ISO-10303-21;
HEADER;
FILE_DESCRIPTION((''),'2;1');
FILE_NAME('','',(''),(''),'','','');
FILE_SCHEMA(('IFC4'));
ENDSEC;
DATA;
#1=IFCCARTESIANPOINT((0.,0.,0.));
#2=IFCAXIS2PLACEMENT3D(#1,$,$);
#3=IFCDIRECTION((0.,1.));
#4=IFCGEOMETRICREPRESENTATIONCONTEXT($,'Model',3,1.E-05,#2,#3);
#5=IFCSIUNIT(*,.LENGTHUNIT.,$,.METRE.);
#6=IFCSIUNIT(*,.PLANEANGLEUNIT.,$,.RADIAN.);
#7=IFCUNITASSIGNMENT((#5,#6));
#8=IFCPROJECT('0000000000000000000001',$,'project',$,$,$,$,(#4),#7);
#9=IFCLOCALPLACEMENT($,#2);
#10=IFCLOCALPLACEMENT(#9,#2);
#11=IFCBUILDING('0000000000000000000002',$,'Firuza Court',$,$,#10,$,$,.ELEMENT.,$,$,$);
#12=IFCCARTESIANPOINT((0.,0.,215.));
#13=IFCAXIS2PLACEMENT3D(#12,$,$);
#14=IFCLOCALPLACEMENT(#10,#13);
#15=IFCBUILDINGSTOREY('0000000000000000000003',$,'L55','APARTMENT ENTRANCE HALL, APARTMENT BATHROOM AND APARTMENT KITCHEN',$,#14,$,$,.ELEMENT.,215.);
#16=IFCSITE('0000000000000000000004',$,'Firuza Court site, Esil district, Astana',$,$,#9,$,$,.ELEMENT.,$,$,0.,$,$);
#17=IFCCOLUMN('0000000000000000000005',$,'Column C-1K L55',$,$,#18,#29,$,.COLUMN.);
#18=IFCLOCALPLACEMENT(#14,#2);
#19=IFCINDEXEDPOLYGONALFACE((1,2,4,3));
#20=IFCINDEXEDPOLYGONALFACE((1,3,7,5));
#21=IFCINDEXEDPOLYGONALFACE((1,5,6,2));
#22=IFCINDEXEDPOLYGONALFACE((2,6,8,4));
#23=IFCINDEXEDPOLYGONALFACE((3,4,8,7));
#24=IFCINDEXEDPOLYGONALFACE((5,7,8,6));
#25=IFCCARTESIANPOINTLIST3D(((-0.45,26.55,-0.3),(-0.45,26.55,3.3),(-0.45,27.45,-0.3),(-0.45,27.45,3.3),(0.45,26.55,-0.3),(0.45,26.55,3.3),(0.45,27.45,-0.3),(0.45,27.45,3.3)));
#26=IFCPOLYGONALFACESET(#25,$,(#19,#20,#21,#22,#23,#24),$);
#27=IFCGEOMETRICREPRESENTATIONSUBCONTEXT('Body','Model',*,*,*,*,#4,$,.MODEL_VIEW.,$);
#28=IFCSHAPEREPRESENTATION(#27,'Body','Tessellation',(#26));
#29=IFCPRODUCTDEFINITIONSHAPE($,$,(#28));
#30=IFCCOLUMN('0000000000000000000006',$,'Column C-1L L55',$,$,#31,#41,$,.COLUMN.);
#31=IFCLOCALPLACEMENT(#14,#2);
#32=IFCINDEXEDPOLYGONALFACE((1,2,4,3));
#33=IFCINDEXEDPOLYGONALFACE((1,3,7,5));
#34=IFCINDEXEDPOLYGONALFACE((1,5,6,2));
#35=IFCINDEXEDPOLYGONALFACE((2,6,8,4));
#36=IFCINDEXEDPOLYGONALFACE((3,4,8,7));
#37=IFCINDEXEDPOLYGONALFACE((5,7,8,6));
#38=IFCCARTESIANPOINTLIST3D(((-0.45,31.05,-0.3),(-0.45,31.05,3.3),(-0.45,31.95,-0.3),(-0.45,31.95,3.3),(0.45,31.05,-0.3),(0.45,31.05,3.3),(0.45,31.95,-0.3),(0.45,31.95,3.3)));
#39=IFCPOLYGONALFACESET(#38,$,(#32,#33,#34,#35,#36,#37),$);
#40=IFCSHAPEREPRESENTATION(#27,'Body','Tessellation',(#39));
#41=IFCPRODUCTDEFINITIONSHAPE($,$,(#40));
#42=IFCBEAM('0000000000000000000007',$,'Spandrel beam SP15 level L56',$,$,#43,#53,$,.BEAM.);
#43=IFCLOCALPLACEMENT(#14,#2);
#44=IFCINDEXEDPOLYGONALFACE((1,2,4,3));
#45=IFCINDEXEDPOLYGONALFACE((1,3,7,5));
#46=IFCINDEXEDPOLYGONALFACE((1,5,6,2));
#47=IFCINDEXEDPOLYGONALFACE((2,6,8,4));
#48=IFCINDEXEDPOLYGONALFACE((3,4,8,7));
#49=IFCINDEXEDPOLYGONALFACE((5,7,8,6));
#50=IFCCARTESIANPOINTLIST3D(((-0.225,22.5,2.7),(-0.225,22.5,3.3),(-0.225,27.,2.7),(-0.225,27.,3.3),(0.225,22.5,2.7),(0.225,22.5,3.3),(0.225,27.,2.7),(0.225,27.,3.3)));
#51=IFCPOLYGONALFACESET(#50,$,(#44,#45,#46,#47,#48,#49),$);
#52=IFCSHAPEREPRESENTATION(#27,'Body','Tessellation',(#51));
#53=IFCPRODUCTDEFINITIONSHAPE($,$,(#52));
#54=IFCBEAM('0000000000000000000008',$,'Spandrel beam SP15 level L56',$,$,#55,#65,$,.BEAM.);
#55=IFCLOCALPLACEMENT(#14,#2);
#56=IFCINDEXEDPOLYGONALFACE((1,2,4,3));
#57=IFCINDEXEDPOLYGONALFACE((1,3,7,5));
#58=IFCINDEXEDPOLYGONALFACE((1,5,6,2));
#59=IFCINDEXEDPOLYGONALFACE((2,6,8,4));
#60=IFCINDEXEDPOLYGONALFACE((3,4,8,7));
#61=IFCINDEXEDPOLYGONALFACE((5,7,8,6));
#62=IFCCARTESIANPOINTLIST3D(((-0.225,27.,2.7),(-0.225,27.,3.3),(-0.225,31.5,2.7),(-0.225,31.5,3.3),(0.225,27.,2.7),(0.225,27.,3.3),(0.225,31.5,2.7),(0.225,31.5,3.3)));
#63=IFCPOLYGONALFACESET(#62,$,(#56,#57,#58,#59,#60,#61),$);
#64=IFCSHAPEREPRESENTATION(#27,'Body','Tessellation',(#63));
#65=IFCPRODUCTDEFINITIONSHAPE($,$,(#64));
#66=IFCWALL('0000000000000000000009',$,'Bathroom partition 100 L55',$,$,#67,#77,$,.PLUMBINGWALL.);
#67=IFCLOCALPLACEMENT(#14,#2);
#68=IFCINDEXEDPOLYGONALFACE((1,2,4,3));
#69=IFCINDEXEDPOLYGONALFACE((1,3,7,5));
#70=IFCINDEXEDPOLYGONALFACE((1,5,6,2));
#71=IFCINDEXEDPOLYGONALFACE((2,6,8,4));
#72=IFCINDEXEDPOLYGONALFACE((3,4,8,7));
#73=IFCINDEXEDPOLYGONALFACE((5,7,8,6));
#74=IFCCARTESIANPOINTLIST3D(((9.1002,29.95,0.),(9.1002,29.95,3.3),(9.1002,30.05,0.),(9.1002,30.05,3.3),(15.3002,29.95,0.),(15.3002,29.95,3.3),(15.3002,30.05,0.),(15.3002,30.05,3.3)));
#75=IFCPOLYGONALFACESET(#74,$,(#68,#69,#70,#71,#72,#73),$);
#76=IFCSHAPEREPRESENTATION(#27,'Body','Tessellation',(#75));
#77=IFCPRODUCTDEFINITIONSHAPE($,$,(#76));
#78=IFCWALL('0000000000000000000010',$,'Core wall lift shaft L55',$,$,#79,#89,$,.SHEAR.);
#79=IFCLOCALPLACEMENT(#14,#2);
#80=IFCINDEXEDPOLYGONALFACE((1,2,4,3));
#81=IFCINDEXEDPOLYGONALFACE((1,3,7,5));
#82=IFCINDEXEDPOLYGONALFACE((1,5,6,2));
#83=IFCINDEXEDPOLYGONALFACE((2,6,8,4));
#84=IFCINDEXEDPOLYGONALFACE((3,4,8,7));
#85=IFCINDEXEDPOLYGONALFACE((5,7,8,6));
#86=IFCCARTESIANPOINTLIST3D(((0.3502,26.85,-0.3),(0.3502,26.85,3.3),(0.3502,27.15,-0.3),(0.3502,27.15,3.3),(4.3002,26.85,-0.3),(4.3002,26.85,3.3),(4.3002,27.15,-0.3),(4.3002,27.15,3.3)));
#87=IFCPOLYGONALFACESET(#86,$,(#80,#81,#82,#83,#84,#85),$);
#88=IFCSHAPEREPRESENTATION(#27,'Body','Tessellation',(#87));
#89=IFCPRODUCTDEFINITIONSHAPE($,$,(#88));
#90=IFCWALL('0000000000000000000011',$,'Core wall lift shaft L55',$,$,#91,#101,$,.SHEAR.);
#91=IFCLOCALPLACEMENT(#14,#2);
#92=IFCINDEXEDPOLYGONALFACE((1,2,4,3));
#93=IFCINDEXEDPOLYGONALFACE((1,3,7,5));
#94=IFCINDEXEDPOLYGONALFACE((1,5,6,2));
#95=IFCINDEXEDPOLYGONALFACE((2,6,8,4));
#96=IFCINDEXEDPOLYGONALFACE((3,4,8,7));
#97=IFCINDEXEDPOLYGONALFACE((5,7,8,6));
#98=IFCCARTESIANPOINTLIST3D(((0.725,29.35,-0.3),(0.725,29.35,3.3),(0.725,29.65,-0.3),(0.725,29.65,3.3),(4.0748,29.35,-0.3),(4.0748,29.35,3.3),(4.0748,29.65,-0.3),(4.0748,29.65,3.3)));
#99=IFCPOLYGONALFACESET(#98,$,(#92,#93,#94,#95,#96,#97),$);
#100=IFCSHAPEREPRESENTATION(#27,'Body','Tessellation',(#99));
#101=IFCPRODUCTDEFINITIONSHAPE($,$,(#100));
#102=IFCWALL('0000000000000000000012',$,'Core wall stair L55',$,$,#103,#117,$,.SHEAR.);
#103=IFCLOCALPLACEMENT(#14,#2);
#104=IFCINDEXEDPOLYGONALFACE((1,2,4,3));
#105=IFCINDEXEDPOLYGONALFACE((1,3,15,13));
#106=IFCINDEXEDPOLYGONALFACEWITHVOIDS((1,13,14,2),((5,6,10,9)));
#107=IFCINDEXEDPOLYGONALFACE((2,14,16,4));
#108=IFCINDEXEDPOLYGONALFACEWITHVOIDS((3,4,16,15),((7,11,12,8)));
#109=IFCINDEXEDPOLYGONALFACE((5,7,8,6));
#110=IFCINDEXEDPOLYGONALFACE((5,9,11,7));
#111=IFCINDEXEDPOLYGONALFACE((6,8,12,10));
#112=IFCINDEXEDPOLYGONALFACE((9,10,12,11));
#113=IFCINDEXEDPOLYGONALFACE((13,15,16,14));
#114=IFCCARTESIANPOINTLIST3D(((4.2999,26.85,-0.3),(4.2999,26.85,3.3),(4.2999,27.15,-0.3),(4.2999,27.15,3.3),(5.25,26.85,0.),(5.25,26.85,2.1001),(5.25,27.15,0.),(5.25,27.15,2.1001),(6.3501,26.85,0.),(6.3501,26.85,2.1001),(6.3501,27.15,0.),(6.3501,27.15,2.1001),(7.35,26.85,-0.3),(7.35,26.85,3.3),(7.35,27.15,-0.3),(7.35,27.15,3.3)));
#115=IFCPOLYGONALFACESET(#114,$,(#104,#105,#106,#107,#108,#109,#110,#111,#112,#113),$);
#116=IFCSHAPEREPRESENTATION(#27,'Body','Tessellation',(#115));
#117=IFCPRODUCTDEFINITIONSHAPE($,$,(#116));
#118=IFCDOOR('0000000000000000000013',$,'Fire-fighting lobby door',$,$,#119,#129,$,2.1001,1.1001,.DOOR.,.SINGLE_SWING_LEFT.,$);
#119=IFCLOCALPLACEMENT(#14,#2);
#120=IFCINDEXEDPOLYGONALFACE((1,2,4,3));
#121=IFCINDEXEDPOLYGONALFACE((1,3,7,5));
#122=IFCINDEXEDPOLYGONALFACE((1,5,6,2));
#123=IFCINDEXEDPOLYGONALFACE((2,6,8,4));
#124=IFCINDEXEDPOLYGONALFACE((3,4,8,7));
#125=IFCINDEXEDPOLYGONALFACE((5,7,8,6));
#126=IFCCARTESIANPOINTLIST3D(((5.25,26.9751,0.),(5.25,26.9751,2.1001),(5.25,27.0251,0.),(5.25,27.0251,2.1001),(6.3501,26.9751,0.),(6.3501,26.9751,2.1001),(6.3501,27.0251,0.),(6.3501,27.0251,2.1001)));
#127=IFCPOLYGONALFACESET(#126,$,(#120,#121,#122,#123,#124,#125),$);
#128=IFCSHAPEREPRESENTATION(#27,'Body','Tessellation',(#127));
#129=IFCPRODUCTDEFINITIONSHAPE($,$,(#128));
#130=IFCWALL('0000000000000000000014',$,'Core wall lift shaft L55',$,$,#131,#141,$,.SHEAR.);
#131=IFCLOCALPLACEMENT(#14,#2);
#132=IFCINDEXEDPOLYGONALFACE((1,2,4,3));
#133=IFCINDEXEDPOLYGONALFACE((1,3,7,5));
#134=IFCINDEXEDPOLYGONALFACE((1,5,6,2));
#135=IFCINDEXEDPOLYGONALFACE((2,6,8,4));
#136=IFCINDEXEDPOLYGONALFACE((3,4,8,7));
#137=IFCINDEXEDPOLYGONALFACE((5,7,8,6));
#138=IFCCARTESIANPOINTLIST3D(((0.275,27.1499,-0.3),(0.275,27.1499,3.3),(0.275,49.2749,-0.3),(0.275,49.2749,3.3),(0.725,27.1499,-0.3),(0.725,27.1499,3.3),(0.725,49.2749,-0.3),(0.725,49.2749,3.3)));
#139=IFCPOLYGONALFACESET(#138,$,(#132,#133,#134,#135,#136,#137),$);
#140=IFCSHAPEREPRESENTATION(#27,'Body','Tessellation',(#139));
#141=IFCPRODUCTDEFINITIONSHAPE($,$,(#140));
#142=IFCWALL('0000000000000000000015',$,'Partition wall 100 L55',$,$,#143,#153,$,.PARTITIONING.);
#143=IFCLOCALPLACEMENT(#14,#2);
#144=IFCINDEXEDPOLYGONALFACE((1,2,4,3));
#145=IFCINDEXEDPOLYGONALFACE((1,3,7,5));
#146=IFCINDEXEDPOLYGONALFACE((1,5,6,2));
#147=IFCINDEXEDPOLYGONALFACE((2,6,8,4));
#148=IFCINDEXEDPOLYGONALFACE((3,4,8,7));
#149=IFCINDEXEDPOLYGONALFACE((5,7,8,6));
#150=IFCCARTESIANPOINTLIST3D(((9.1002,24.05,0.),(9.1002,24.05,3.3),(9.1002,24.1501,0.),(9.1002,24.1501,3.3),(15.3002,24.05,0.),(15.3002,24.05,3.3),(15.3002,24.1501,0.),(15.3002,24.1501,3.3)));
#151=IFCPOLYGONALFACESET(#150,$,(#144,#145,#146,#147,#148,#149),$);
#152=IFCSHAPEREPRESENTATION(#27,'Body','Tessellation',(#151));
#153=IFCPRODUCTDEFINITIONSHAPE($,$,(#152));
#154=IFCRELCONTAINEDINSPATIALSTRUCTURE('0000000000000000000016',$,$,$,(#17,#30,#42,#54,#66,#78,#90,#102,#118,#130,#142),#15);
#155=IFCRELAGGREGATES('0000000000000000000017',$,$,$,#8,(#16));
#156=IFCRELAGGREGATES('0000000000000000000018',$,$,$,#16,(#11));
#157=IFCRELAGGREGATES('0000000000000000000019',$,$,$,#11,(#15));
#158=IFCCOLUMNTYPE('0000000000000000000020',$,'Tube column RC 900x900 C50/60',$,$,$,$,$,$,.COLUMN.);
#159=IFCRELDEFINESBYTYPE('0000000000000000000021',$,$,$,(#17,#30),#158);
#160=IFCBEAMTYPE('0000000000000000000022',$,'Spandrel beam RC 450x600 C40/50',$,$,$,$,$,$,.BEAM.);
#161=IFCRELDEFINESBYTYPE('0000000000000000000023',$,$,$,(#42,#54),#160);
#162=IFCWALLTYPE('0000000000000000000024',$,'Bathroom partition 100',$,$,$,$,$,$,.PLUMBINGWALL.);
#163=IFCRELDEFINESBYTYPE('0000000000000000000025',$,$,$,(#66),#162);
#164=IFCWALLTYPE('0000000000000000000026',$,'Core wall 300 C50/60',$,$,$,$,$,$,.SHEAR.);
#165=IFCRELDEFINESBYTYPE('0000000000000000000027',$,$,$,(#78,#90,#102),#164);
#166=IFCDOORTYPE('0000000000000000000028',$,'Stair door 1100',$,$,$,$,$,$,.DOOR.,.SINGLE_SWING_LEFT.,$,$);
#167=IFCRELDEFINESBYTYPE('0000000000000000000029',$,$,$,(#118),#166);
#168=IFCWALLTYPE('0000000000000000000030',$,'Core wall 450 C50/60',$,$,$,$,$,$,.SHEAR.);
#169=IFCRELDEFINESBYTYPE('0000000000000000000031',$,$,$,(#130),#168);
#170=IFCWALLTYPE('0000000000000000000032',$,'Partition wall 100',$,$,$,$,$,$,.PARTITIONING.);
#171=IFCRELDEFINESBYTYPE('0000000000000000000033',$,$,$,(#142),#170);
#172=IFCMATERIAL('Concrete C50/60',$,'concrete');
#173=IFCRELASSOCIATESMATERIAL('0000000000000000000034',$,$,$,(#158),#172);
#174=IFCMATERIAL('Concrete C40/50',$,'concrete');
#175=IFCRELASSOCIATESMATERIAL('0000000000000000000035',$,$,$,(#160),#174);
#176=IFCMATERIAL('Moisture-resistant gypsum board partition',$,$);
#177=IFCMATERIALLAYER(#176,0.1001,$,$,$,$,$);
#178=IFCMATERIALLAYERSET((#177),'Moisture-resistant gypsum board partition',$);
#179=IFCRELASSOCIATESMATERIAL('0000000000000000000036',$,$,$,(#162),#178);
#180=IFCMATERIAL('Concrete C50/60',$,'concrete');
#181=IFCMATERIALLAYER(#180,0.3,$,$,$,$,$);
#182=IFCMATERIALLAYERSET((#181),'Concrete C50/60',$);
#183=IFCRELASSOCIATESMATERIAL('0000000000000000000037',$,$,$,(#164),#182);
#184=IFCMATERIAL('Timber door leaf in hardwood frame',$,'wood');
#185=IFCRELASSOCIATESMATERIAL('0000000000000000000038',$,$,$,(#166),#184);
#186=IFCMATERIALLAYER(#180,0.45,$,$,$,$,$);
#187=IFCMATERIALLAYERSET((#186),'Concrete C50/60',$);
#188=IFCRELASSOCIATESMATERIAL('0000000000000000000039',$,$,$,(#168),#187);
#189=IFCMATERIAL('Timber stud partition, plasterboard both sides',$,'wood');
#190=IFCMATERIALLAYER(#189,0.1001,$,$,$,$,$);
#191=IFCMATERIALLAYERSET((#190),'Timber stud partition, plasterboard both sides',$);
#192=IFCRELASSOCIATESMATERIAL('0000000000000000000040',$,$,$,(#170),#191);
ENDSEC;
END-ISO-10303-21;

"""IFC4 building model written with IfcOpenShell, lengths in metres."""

from ifc_helpers import new_model, si_unit, direction, frame, frame_2d, origin, origin_2d, place, context, subcontext, project, spatial, rectangle, extrude, material, layer, layer_set, material_profile, profile_set, type_object, element, fill, save


model = new_model("IFC4")

# Units and contexts
model_context = context("Model", 3, precision=1e-05, world=origin(), true_north=direction((0.0, 1.0)))
body_context = subcontext(model_context, "Body", "Model", "MODEL_VIEW")
ifc_project = project(units=[si_unit("LENGTHUNIT", "METRE"), si_unit("PLANEANGLEUNIT", "RADIAN")], contexts=[model_context])

# Site, building, storey
site_placement = place(None, origin())
site = spatial("IfcSite", under=ifc_project, at=site_placement, Name="Firuza Court site, Esil district, Astana", CompositionType="ELEMENT", RefElevation=0.0)
building_placement = place(site_placement, origin())
building = spatial("IfcBuilding", under=site, at=building_placement, Name="Firuza Court", CompositionType="ELEMENT")
storey_placement = place(building_placement, frame((0.0, 0.0, 215.0)))
storey = spatial("IfcBuildingStorey", under=building, at=storey_placement, Name="L55", Description="APARTMENT ENTRANCE HALL, APARTMENT BATHROOM AND APARTMENT KITCHEN", CompositionType="ELEMENT", Elevation=215.0)

# Columns
ifc_material_1 = material(Name="Concrete C50/60", Category="concrete")
ifc_material_profile_1 = material_profile(ifc_material_1, rectangle(XDim=0.8999, YDim=0.8999, at=origin_2d()), Name="RC 900x900")
ifc_profile_set_1 = profile_set([ifc_material_profile_1], Name="Concrete C50/60")
column_type = type_object("IfcColumnType", Name="Tube column RC 900x900 C50/60", PredefinedType="COLUMN", material=ifc_profile_set_1)
for number, where, z_axis, x_axis, name in (
    (1, (0.0, 27.0, -0.3), (0.0, 0.0, 1.0), (1.0, 0.0, 0.0), "Column C-1K L55"),
    (2, (0.0, 31.5, -0.3), (0.0, 0.0, 1.0), (1.0, 0.0, 0.0), "Column C-1L L55"),
):
    element("IfcColumn", number, at=place(storey_placement, frame(where, z_axis=z_axis, x_axis=x_axis)), inside=storey, type_object=column_type, Name=name, PredefinedType="COLUMN", context=body_context, shape_type="SweptSolid", body=[
        extrude(rectangle(XDim=0.8999, YDim=0.8999, at=origin_2d()), origin(), (0.0, 0.0, 1.0), 3.6001),
    ])

# Beams
ifc_material_2 = material(Name="Concrete C40/50", Category="concrete")
ifc_material_profile_2 = material_profile(ifc_material_2, rectangle(XDim=0.45, YDim=0.6001, at=origin_2d()), Name="RC 450x600")
ifc_profile_set_2 = profile_set([ifc_material_profile_2], Name="Concrete C40/50")
beam_type = type_object("IfcBeamType", Name="Spandrel beam RC 450x600 C40/50", PredefinedType="BEAM", material=ifc_profile_set_2)
for number, where, z_axis, x_axis, name in (
    (3, (0.0, 27.0, 3.0), (0.0, -1.0, 0.0), (1.0, 0.0, 0.0), "Spandrel beam SP15 level L56"),
    (4, (0.0, 31.5, 3.0), (0.0, -1.0, 0.0), (1.0, 0.0, 0.0), "Spandrel beam SP15 level L56"),
):
    element("IfcBeam", number, at=place(storey_placement, frame(where, z_axis=z_axis, x_axis=x_axis)), inside=storey, type_object=beam_type, Name=name, PredefinedType="BEAM", context=body_context, shape_type="SweptSolid", body=[
        extrude(rectangle(XDim=0.45, YDim=0.6001, at=origin_2d()), origin(), (0.0, 0.0, 1.0), 4.5),
    ])

# Walls
ifc_material_3 = material(Name="Moisture-resistant gypsum board partition")
ifc_layer_1 = layer(ifc_material_3, 0.1001)
ifc_layer_set_1 = layer_set([ifc_layer_1], Name="Moisture-resistant gypsum board partition")
wall_type_1 = type_object("IfcWallType", Name="Bathroom partition 100", PredefinedType="PLUMBINGWALL", material=ifc_layer_set_1)
wall_1_placement = place(storey_placement, frame((9.1001, 30.0, 0.0), z_axis=(0.0, 0.0, 1.0), x_axis=(1.0, 0.0, 0.0)))
element("IfcWall", 5, at=wall_1_placement, inside=storey, type_object=wall_type_1, Name="Bathroom partition 100 L55", PredefinedType="PLUMBINGWALL", context=body_context, shape_type="SweptSolid", body=[
    extrude(rectangle(XDim=6.2, YDim=0.1001, at=frame_2d((3.1001, 0.0))), origin(), (0.0, 0.0, 1.0), 3.3),
])
ifc_material_4 = material(Name="Concrete C50/60", Category="concrete")
ifc_layer_2 = layer(ifc_material_4, 0.3)
ifc_layer_set_2 = layer_set([ifc_layer_2], Name="Concrete C50/60")
wall_type_2 = type_object("IfcWallType", Name="Core wall 300 C50/60", PredefinedType="SHEAR", material=ifc_layer_set_2)
wall_2_placement = place(storey_placement, frame((0.3501, 27.0, -0.3), z_axis=(0.0, 0.0, 1.0), x_axis=(1.0, 0.0, 0.0)))
element("IfcWall", 6, at=wall_2_placement, inside=storey, type_object=wall_type_2, Name="Core wall lift shaft L55", PredefinedType="SHEAR", context=body_context, shape_type="SweptSolid", body=[
    extrude(rectangle(XDim=3.95, YDim=0.3, at=frame_2d((1.9751, 0.0))), origin(), (0.0, 0.0, 1.0), 3.6001),
])
wall_3_placement = place(storey_placement, frame((0.7251, 29.5, -0.3), z_axis=(0.0, 0.0, 1.0), x_axis=(1.0, 0.0, 0.0)))
element("IfcWall", 7, at=wall_3_placement, inside=storey, type_object=wall_type_2, Name="Core wall lift shaft L55", PredefinedType="SHEAR", context=body_context, shape_type="SweptSolid", body=[
    extrude(rectangle(XDim=3.3499, YDim=0.3, at=frame_2d((1.6748, 0.0))), origin(), (0.0, 0.0, 1.0), 3.6001),
])

# Wall, opening, door
wall_4_placement = place(storey_placement, frame((4.3, 27.0, -0.3), z_axis=(0.0, 0.0, 1.0), x_axis=(1.0, 0.0, 0.0)))
wall_4 = element("IfcWall", 8, at=wall_4_placement, inside=storey, type_object=wall_type_2, Name="Core wall stair L55", PredefinedType="SHEAR", context=body_context, shape_type="SweptSolid", body=[
    extrude(rectangle(XDim=3.05, YDim=0.3, at=frame_2d((1.5249, 0.0))), origin(), (0.0, 0.0, 1.0), 3.6001),
])
opening_1_placement = place(wall_4_placement, frame((0.95, 0.0, 0.3)))
opening_1 = element("IfcOpeningElement", 9, at=opening_1_placement, cuts=wall_4, PredefinedType="OPENING", context=body_context, shape_type="SweptSolid", body=[
    extrude(rectangle(XDim=1.1001, YDim=2.1001, at=frame_2d((0.55, 1.05))), frame((0.0, 0.1621, 0.0), z_axis=(0.0, -1.0, 0.0), x_axis=(1.0, 0.0, 0.0)), (0.0, 0.0, 1.0), 0.324),
])
ifc_material_5 = material(Name="Timber door leaf in hardwood frame", Category="wood")
door_type_1 = type_object("IfcDoorType", Name="Stair door 1100", OperationType="SINGLE_SWING_LEFT", PredefinedType="DOOR", material=ifc_material_5)
door_1_placement = place(opening_1_placement, frame((1.1001, 0.0, 0.0), z_axis=(0.0, 0.0, 1.0), x_axis=(-1.0, 0.0, 0.0)))
door_1 = element("IfcDoor", 10, at=door_1_placement, inside=storey, type_object=door_type_1, Name="Fire-fighting lobby door", OperationType="SINGLE_SWING_LEFT", OverallHeight=2.1001, OverallWidth=1.1001, PredefinedType="DOOR", context=body_context, shape_type="SweptSolid", body=[
    extrude(rectangle(XDim=1.1001, YDim=2.1001, at=frame_2d((0.55, 1.05))), frame((0.0, 0.0249, 0.0), z_axis=(0.0, -1.0, 0.0), x_axis=(1.0, 0.0, 0.0)), (0.0, 0.0, 1.0), 0.05),
])
fill(opening_1, door_1)

# Wall
ifc_layer_3 = layer(ifc_material_4, 0.45)
ifc_layer_set_3 = layer_set([ifc_layer_3], Name="Concrete C50/60")
wall_type_3 = type_object("IfcWallType", Name="Core wall 450 C50/60", PredefinedType="SHEAR", material=ifc_layer_set_3)
wall_5_placement = place(storey_placement, frame((0.5, 27.1499, -0.3), z_axis=(0.0, 0.0, 1.0), x_axis=(0.0, 1.0, 0.0)))
element("IfcWall", 11, at=wall_5_placement, inside=storey, type_object=wall_type_3, Name="Core wall lift shaft L55", PredefinedType="SHEAR", context=body_context, shape_type="SweptSolid", body=[
    extrude(rectangle(XDim=22.125, YDim=0.45, at=frame_2d((11.0625, 0.0))), origin(), (0.0, 0.0, 1.0), 3.6001),
])

# Wall
ifc_material_6 = material(Name="Timber stud partition, plasterboard both sides", Category="wood")
ifc_layer_4 = layer(ifc_material_6, 0.1001)
ifc_layer_set_4 = layer_set([ifc_layer_4], Name="Timber stud partition, plasterboard both sides")
wall_type_4 = type_object("IfcWallType", Name="Partition wall 100", PredefinedType="PARTITIONING", material=ifc_layer_set_4)
wall_6_placement = place(storey_placement, frame((9.1001, 24.1001, 0.0), z_axis=(0.0, 0.0, 1.0), x_axis=(1.0, 0.0, 0.0)))
element("IfcWall", 12, at=wall_6_placement, inside=storey, type_object=wall_type_4, Name="Partition wall 100 L55", PredefinedType="PARTITIONING", context=body_context, shape_type="SweptSolid", body=[
    extrude(rectangle(XDim=6.2, YDim=0.1001, at=frame_2d((3.1001, 0.0))), origin(), (0.0, 0.0, 1.0), 3.3),
])

save(model, "model.ifc")
